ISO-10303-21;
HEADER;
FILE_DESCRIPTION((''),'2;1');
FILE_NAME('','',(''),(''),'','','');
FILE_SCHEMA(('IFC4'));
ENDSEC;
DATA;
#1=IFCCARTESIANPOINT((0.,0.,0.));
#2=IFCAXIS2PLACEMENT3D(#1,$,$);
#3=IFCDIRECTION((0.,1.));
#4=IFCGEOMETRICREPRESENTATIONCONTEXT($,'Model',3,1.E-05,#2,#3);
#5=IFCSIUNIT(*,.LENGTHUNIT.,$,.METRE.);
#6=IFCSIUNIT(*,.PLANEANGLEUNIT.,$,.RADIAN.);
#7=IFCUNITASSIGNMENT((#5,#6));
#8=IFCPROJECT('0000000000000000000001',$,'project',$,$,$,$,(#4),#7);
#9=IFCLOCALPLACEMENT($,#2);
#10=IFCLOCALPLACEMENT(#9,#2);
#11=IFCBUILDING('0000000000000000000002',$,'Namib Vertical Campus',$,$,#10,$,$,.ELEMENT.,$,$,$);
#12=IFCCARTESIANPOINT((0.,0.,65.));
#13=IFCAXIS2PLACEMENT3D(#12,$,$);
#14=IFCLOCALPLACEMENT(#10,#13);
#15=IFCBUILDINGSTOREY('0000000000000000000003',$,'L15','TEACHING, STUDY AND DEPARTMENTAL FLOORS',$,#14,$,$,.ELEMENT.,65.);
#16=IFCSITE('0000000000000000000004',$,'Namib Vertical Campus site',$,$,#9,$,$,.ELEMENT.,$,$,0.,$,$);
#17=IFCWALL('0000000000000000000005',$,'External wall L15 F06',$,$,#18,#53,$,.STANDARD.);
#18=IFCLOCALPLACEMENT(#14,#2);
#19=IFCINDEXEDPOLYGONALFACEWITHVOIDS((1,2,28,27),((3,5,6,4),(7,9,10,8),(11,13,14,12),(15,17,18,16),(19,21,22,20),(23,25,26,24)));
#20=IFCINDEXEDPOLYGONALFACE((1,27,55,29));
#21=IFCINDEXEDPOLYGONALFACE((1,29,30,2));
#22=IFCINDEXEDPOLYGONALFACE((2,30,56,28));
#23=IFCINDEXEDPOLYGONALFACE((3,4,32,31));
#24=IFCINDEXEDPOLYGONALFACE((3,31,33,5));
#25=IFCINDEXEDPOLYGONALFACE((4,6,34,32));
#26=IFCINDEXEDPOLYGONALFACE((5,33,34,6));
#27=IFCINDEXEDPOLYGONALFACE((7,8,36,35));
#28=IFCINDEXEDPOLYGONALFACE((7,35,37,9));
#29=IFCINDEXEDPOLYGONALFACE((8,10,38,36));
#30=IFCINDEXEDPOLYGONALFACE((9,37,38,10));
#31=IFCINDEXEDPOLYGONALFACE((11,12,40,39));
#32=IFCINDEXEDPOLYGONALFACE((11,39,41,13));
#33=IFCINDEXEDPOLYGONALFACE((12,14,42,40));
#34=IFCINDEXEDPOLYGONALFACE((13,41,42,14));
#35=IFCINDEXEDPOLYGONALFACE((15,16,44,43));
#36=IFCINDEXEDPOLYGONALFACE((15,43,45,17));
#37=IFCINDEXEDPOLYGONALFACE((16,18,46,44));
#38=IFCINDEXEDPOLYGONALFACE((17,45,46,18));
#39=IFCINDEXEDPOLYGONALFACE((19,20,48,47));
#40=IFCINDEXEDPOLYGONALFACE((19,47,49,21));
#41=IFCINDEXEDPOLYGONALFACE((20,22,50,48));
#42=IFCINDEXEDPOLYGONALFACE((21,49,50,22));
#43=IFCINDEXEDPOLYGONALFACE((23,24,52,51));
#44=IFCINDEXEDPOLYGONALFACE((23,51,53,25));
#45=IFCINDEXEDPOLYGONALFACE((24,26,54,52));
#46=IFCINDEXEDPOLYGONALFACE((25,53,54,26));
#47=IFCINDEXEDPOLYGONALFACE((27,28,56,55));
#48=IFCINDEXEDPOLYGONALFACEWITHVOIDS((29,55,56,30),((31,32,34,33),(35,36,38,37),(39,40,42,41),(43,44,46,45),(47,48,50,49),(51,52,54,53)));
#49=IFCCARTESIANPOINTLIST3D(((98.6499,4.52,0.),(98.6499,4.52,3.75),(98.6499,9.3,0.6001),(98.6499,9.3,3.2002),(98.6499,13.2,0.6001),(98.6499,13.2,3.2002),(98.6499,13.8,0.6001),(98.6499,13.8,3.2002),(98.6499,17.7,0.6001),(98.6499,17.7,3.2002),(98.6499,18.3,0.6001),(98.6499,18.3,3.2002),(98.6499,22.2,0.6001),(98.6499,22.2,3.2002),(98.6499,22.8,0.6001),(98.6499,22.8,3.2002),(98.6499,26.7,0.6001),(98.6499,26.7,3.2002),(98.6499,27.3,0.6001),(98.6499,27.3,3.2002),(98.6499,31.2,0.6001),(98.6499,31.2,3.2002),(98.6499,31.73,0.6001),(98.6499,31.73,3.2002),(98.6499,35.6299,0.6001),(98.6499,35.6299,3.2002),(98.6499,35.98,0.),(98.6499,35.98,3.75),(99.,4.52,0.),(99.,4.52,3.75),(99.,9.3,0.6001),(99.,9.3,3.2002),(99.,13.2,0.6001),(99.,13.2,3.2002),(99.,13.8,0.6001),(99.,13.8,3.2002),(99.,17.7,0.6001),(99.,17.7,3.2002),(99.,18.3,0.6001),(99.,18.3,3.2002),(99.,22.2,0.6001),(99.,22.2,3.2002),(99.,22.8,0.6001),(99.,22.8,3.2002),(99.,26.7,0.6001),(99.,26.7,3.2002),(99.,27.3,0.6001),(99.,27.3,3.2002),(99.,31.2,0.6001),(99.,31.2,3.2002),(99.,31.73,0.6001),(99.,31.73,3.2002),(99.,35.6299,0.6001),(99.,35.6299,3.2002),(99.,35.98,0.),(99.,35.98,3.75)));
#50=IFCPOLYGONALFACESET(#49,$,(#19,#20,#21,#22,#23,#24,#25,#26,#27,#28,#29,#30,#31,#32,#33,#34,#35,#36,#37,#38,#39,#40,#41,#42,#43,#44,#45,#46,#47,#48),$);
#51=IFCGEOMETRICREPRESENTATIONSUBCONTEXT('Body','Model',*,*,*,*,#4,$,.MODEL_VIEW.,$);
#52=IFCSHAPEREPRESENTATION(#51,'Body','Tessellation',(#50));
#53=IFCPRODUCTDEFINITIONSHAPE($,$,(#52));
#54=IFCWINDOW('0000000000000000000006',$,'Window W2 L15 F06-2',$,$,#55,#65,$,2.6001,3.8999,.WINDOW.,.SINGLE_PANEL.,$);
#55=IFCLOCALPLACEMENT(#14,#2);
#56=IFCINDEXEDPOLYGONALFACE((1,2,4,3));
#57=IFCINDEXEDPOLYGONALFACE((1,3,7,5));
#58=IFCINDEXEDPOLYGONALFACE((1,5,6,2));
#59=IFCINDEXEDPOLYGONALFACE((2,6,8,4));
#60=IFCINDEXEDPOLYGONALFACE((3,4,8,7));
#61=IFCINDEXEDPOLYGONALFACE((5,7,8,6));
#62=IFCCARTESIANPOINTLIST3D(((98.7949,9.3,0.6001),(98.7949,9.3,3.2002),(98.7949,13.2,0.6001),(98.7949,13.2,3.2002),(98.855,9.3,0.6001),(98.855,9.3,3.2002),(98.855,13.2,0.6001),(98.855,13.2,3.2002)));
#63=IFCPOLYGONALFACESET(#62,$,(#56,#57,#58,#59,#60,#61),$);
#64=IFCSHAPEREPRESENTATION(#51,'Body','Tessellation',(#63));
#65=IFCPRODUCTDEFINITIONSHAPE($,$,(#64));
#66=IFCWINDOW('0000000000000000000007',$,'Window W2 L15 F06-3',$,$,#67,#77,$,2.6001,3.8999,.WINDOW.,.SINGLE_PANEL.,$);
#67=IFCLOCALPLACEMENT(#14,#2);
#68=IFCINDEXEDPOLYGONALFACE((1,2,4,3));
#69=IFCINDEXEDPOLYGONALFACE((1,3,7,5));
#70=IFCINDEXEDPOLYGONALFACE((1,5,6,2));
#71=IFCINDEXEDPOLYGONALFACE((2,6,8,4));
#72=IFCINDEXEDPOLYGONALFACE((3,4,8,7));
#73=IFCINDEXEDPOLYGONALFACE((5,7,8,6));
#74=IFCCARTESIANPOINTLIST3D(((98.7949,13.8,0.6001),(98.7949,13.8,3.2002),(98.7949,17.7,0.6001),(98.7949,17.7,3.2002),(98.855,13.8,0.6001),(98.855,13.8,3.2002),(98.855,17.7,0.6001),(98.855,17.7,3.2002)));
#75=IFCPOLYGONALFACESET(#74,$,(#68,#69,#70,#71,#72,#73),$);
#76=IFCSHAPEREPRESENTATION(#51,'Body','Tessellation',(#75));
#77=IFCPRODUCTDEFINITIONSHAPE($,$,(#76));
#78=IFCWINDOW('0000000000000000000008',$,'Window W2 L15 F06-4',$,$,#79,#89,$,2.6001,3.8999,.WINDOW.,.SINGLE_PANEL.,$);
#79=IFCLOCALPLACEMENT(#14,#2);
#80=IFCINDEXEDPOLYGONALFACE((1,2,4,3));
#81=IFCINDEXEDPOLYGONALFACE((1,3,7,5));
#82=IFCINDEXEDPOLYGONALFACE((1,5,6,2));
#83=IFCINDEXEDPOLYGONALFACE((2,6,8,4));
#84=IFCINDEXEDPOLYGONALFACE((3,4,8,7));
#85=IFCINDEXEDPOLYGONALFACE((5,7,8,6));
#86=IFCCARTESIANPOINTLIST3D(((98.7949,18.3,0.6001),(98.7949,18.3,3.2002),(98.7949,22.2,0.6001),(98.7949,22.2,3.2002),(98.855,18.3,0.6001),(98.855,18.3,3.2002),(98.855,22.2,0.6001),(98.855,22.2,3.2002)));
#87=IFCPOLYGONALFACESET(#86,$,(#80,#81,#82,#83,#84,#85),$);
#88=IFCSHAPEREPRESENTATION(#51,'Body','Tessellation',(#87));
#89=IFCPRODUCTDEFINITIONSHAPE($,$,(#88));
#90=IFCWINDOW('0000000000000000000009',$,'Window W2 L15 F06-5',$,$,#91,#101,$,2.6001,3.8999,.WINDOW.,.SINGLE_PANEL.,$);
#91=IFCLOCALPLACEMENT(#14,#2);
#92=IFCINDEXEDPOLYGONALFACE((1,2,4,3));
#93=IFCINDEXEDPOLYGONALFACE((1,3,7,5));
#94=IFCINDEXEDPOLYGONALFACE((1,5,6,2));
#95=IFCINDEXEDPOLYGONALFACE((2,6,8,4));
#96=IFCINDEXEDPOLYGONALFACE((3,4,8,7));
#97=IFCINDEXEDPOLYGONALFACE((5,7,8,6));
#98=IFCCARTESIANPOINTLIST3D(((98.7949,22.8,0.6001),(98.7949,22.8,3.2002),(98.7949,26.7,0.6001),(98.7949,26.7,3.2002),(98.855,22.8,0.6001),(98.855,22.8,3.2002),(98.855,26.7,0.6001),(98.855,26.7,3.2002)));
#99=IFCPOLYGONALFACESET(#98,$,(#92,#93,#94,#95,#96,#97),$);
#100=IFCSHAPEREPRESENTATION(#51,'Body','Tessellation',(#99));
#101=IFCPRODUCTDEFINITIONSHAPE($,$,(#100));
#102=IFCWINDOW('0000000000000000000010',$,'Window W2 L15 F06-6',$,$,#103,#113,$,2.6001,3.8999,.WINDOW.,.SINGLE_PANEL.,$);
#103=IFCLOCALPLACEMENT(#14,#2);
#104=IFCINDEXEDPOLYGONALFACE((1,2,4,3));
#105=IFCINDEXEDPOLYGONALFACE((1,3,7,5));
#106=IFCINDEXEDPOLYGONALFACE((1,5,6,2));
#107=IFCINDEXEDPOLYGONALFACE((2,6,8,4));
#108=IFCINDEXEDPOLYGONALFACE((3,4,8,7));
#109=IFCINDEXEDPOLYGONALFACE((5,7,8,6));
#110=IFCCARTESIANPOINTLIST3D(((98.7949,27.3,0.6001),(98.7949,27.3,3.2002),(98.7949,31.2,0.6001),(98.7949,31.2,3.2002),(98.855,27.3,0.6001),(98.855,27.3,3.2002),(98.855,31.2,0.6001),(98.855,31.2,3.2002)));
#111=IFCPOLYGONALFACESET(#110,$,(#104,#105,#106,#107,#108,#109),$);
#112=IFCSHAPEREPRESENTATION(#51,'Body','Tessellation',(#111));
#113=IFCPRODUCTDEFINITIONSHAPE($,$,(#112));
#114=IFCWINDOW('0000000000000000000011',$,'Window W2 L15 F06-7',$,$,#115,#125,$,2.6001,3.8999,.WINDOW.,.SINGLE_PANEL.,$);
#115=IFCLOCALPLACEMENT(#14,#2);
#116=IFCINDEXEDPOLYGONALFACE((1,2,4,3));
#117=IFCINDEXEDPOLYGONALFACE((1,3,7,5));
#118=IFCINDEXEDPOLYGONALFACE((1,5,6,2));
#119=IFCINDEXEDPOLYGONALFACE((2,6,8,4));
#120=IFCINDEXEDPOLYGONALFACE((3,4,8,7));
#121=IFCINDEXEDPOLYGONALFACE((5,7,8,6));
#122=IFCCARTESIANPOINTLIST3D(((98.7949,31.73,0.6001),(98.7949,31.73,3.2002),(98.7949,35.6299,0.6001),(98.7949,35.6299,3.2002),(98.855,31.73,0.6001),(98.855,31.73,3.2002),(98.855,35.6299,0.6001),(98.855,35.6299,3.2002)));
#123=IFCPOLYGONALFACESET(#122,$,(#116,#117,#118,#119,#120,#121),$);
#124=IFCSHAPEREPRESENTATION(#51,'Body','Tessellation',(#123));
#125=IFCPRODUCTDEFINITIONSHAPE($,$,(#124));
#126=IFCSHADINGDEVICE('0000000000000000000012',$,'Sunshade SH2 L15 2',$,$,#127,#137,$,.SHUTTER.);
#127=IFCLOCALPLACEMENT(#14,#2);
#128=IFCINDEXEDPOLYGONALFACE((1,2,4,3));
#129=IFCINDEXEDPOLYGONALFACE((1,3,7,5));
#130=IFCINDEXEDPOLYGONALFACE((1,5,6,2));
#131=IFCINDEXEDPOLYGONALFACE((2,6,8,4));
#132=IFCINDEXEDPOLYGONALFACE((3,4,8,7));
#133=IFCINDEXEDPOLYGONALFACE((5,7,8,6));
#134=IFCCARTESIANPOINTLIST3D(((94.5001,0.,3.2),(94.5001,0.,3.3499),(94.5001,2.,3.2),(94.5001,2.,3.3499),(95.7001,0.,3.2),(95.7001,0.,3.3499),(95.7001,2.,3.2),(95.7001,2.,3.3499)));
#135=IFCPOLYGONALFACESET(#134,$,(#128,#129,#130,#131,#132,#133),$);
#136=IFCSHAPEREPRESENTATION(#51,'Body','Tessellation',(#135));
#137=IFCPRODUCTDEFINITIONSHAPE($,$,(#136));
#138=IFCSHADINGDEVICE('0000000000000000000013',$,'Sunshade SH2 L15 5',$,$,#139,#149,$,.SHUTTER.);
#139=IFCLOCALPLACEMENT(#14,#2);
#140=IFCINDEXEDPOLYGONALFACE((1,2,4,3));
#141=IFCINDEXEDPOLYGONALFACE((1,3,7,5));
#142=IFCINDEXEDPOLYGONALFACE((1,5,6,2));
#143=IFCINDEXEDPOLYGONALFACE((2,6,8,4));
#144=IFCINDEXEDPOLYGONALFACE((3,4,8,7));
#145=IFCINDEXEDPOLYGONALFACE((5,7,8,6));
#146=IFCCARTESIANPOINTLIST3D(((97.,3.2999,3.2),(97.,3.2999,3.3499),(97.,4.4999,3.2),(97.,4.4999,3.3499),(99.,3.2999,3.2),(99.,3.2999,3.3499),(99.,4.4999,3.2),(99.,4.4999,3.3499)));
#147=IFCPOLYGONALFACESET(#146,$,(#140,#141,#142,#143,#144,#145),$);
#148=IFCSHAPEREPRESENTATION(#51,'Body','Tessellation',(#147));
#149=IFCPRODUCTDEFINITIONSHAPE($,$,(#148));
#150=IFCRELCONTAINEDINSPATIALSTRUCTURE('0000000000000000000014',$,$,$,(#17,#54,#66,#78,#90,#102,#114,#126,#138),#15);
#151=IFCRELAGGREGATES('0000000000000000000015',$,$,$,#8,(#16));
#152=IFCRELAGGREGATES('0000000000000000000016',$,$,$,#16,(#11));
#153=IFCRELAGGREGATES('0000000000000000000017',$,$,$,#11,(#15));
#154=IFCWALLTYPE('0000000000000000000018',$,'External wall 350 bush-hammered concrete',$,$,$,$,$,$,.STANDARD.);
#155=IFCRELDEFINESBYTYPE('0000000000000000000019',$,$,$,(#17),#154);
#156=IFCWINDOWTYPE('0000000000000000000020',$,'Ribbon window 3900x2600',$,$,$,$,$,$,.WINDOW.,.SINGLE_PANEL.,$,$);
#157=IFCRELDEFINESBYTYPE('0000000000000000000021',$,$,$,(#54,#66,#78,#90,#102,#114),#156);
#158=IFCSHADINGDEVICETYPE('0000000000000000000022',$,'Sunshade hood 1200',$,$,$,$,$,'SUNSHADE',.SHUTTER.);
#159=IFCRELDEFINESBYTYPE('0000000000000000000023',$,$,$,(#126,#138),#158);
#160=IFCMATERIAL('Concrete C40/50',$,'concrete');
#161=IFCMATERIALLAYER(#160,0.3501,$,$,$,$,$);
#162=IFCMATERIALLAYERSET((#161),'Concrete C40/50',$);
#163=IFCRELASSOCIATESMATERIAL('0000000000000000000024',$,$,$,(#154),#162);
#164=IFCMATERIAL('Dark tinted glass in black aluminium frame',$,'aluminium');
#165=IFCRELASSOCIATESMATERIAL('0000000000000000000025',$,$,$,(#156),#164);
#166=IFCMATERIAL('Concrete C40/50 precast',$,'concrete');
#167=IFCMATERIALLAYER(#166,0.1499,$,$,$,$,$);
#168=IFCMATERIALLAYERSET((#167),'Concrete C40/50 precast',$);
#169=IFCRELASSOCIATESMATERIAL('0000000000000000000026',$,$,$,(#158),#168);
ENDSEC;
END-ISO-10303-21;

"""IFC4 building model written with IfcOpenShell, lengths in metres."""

from ifc_helpers import new_model, si_unit, direction, frame, frame_2d, origin, origin_2d, place, context, subcontext, project, spatial, rectangle, extrude, material, layer, layer_set, type_object, element, fill, save


model = new_model("IFC4")

# Units and contexts
model_context = context("Model", 3, precision=1e-05, world=origin(), true_north=direction((0.0, 1.0)))
body_context = subcontext(model_context, "Body", "Model", "MODEL_VIEW")
ifc_project = project(units=[si_unit("LENGTHUNIT", "METRE"), si_unit("PLANEANGLEUNIT", "RADIAN")], contexts=[model_context])

# Site, building, storey
site_placement = place(None, origin())
site = spatial("IfcSite", under=ifc_project, at=site_placement, Name="Namib Vertical Campus site", CompositionType="ELEMENT", RefElevation=0.0)
building_placement = place(site_placement, origin())
building = spatial("IfcBuilding", under=site, at=building_placement, Name="Namib Vertical Campus", CompositionType="ELEMENT")
storey_placement = place(building_placement, frame((0.0, 0.0, 65.0)))
storey = spatial("IfcBuildingStorey", under=building, at=storey_placement, Name="L15", Description="TEACHING, STUDY AND DEPARTMENTAL FLOORS", CompositionType="ELEMENT", Elevation=65.0)

# Shared definitions
ifc_material_1 = material(Name="Concrete C40/50", Category="concrete")
ifc_layer_1 = layer(ifc_material_1, 0.3501)
ifc_layer_set_1 = layer_set([ifc_layer_1], Name="Concrete C40/50")
wall_type = type_object("IfcWallType", Name="External wall 350 bush-hammered concrete", PredefinedType="STANDARD", material=ifc_layer_set_1)

# Wall, openings, windows
wall_1_placement = place(storey_placement, frame((98.825, 4.52, 0.0), z_axis=(0.0, 0.0, 1.0), x_axis=(0.0, 1.0, 0.0)))
wall_1 = element("IfcWall", 1, at=wall_1_placement, inside=storey, type_object=wall_type, Name="External wall L15 F06", PredefinedType="STANDARD", context=body_context, shape_type="SweptSolid", body=[
    extrude(rectangle(XDim=31.46, YDim=0.3501, at=frame_2d((15.73, 0.0))), origin(), (0.0, 0.0, 1.0), 3.75),
])
opening_1_placement = place(wall_1_placement, frame((4.78, 0.0, 0.6001)))
opening_1 = element("IfcOpeningElement", 2, at=opening_1_placement, cuts=wall_1, PredefinedType="OPENING", context=body_context, shape_type="SweptSolid", body=[
    extrude(rectangle(XDim=3.8999, YDim=2.6001, at=frame_2d((1.95, 1.3))), frame((0.0, 0.1851, 0.0), z_axis=(0.0, -1.0, 0.0), x_axis=(1.0, 0.0, 0.0)), (0.0, 0.0, 1.0), 0.3701),
])
opening_2_placement = place(wall_1_placement, frame((9.28, 0.0, 0.6001)))
opening_2 = element("IfcOpeningElement", 3, at=opening_2_placement, cuts=wall_1, PredefinedType="OPENING", context=body_context, shape_type="SweptSolid", body=[
    extrude(rectangle(XDim=3.8999, YDim=2.6001, at=frame_2d((1.95, 1.3))), frame((0.0, 0.1851, 0.0), z_axis=(0.0, -1.0, 0.0), x_axis=(1.0, 0.0, 0.0)), (0.0, 0.0, 1.0), 0.3701),
])
opening_3_placement = place(wall_1_placement, frame((13.78, 0.0, 0.6001)))
opening_3 = element("IfcOpeningElement", 4, at=opening_3_placement, cuts=wall_1, PredefinedType="OPENING", context=body_context, shape_type="SweptSolid", body=[
    extrude(rectangle(XDim=3.8999, YDim=2.6001, at=frame_2d((1.95, 1.3))), frame((0.0, 0.1851, 0.0), z_axis=(0.0, -1.0, 0.0), x_axis=(1.0, 0.0, 0.0)), (0.0, 0.0, 1.0), 0.3701),
])
opening_4_placement = place(wall_1_placement, frame((18.28, 0.0, 0.6001)))
opening_4 = element("IfcOpeningElement", 5, at=opening_4_placement, cuts=wall_1, PredefinedType="OPENING", context=body_context, shape_type="SweptSolid", body=[
    extrude(rectangle(XDim=3.8999, YDim=2.6001, at=frame_2d((1.95, 1.3))), frame((0.0, 0.1851, 0.0), z_axis=(0.0, -1.0, 0.0), x_axis=(1.0, 0.0, 0.0)), (0.0, 0.0, 1.0), 0.3701),
])
opening_5_placement = place(wall_1_placement, frame((22.78, 0.0, 0.6001)))
opening_5 = element("IfcOpeningElement", 6, at=opening_5_placement, cuts=wall_1, PredefinedType="OPENING", context=body_context, shape_type="SweptSolid", body=[
    extrude(rectangle(XDim=3.8999, YDim=2.6001, at=frame_2d((1.95, 1.3))), frame((0.0, 0.1851, 0.0), z_axis=(0.0, -1.0, 0.0), x_axis=(1.0, 0.0, 0.0)), (0.0, 0.0, 1.0), 0.3701),
])
opening_6_placement = place(wall_1_placement, frame((27.21, 0.0, 0.6001)))
opening_6 = element("IfcOpeningElement", 7, at=opening_6_placement, cuts=wall_1, PredefinedType="OPENING", context=body_context, shape_type="SweptSolid", body=[
    extrude(rectangle(XDim=3.8999, YDim=2.6001, at=frame_2d((1.95, 1.3))), frame((0.0, 0.1851, 0.0), z_axis=(0.0, -1.0, 0.0), x_axis=(1.0, 0.0, 0.0)), (0.0, 0.0, 1.0), 0.3701),
])
ifc_material_2 = material(Name="Dark tinted glass in black aluminium frame", Category="aluminium")
window_type = type_object("IfcWindowType", Name="Ribbon window 3900x2600", PartitioningType="SINGLE_PANEL", PredefinedType="WINDOW", material=ifc_material_2)
window_1_placement = place(opening_1_placement, origin())
window_1 = element("IfcWindow", 8, at=window_1_placement, inside=storey, type_object=window_type, Name="Window W2 L15 F06-2", OverallHeight=2.6001, OverallWidth=3.8999, PartitioningType="SINGLE_PANEL", PredefinedType="WINDOW", context=body_context, shape_type="SweptSolid", body=[
    extrude(rectangle(XDim=3.8999, YDim=2.6001, at=frame_2d((1.95, 1.3))), frame((0.0, 0.03, 0.0), z_axis=(0.0, -1.0, 0.0), x_axis=(1.0, 0.0, 0.0)), (0.0, 0.0, 1.0), 0.0601),
])
fill(opening_1, window_1)
window_2_placement = place(opening_2_placement, origin())
window_2 = element("IfcWindow", 9, at=window_2_placement, inside=storey, type_object=window_type, Name="Window W2 L15 F06-3", OverallHeight=2.6001, OverallWidth=3.8999, PartitioningType="SINGLE_PANEL", PredefinedType="WINDOW", context=body_context, shape_type="SweptSolid", body=[
    extrude(rectangle(XDim=3.8999, YDim=2.6001, at=frame_2d((1.95, 1.3))), frame((0.0, 0.03, 0.0), z_axis=(0.0, -1.0, 0.0), x_axis=(1.0, 0.0, 0.0)), (0.0, 0.0, 1.0), 0.0601),
])
fill(opening_2, window_2)
window_3_placement = place(opening_3_placement, origin())
window_3 = element("IfcWindow", 10, at=window_3_placement, inside=storey, type_object=window_type, Name="Window W2 L15 F06-4", OverallHeight=2.6001, OverallWidth=3.8999, PartitioningType="SINGLE_PANEL", PredefinedType="WINDOW", context=body_context, shape_type="SweptSolid", body=[
    extrude(rectangle(XDim=3.8999, YDim=2.6001, at=frame_2d((1.95, 1.3))), frame((0.0, 0.03, 0.0), z_axis=(0.0, -1.0, 0.0), x_axis=(1.0, 0.0, 0.0)), (0.0, 0.0, 1.0), 0.0601),
])
fill(opening_3, window_3)
window_4_placement = place(opening_4_placement, origin())
window_4 = element("IfcWindow", 11, at=window_4_placement, inside=storey, type_object=window_type, Name="Window W2 L15 F06-5", OverallHeight=2.6001, OverallWidth=3.8999, PartitioningType="SINGLE_PANEL", PredefinedType="WINDOW", context=body_context, shape_type="SweptSolid", body=[
    extrude(rectangle(XDim=3.8999, YDim=2.6001, at=frame_2d((1.95, 1.3))), frame((0.0, 0.03, 0.0), z_axis=(0.0, -1.0, 0.0), x_axis=(1.0, 0.0, 0.0)), (0.0, 0.0, 1.0), 0.0601),
])
fill(opening_4, window_4)
window_5_placement = place(opening_5_placement, origin())
window_5 = element("IfcWindow", 12, at=window_5_placement, inside=storey, type_object=window_type, Name="Window W2 L15 F06-6", OverallHeight=2.6001, OverallWidth=3.8999, PartitioningType="SINGLE_PANEL", PredefinedType="WINDOW", context=body_context, shape_type="SweptSolid", body=[
    extrude(rectangle(XDim=3.8999, YDim=2.6001, at=frame_2d((1.95, 1.3))), frame((0.0, 0.03, 0.0), z_axis=(0.0, -1.0, 0.0), x_axis=(1.0, 0.0, 0.0)), (0.0, 0.0, 1.0), 0.0601),
])
fill(opening_5, window_5)
window_6_placement = place(opening_6_placement, origin())
window_6 = element("IfcWindow", 13, at=window_6_placement, inside=storey, type_object=window_type, Name="Window W2 L15 F06-7", OverallHeight=2.6001, OverallWidth=3.8999, PartitioningType="SINGLE_PANEL", PredefinedType="WINDOW", context=body_context, shape_type="SweptSolid", body=[
    extrude(rectangle(XDim=3.8999, YDim=2.6001, at=frame_2d((1.95, 1.3))), frame((0.0, 0.03, 0.0), z_axis=(0.0, -1.0, 0.0), x_axis=(1.0, 0.0, 0.0)), (0.0, 0.0, 1.0), 0.0601),
])
fill(opening_6, window_6)

# Shading devices
ifc_material_3 = material(Name="Concrete C40/50 precast", Category="concrete")
ifc_layer_2 = layer(ifc_material_3, 0.1499)
ifc_layer_set_2 = layer_set([ifc_layer_2], Name="Concrete C40/50 precast")
shading_device_type = type_object("IfcShadingDeviceType", Name="Sunshade hood 1200", ElementType="SUNSHADE", PredefinedType="SHUTTER", material=ifc_layer_set_2)
for number, where, z_axis, x_axis, name in (
    (14, (95.1001, 1.0, 3.2), (0.0, 0.0, 1.0), (0.0, 1.0, 0.0), "Sunshade SH2 L15 2"),
    (15, (98.0, 3.8999, 3.2), (0.0, 0.0, 1.0), (1.0, 0.0, 0.0), "Sunshade SH2 L15 5"),
):
    element("IfcShadingDevice", number, at=place(storey_placement, frame(where, z_axis=z_axis, x_axis=x_axis)), inside=storey, type_object=shading_device_type, Name=name, PredefinedType="SHUTTER", context=body_context, shape_type="SweptSolid", body=[
        extrude(rectangle(XDim=2.0, YDim=1.2, at=origin_2d()), origin(), (0.0, 0.0, 1.0), 0.1499),
    ])

save(model, "model.ifc")
